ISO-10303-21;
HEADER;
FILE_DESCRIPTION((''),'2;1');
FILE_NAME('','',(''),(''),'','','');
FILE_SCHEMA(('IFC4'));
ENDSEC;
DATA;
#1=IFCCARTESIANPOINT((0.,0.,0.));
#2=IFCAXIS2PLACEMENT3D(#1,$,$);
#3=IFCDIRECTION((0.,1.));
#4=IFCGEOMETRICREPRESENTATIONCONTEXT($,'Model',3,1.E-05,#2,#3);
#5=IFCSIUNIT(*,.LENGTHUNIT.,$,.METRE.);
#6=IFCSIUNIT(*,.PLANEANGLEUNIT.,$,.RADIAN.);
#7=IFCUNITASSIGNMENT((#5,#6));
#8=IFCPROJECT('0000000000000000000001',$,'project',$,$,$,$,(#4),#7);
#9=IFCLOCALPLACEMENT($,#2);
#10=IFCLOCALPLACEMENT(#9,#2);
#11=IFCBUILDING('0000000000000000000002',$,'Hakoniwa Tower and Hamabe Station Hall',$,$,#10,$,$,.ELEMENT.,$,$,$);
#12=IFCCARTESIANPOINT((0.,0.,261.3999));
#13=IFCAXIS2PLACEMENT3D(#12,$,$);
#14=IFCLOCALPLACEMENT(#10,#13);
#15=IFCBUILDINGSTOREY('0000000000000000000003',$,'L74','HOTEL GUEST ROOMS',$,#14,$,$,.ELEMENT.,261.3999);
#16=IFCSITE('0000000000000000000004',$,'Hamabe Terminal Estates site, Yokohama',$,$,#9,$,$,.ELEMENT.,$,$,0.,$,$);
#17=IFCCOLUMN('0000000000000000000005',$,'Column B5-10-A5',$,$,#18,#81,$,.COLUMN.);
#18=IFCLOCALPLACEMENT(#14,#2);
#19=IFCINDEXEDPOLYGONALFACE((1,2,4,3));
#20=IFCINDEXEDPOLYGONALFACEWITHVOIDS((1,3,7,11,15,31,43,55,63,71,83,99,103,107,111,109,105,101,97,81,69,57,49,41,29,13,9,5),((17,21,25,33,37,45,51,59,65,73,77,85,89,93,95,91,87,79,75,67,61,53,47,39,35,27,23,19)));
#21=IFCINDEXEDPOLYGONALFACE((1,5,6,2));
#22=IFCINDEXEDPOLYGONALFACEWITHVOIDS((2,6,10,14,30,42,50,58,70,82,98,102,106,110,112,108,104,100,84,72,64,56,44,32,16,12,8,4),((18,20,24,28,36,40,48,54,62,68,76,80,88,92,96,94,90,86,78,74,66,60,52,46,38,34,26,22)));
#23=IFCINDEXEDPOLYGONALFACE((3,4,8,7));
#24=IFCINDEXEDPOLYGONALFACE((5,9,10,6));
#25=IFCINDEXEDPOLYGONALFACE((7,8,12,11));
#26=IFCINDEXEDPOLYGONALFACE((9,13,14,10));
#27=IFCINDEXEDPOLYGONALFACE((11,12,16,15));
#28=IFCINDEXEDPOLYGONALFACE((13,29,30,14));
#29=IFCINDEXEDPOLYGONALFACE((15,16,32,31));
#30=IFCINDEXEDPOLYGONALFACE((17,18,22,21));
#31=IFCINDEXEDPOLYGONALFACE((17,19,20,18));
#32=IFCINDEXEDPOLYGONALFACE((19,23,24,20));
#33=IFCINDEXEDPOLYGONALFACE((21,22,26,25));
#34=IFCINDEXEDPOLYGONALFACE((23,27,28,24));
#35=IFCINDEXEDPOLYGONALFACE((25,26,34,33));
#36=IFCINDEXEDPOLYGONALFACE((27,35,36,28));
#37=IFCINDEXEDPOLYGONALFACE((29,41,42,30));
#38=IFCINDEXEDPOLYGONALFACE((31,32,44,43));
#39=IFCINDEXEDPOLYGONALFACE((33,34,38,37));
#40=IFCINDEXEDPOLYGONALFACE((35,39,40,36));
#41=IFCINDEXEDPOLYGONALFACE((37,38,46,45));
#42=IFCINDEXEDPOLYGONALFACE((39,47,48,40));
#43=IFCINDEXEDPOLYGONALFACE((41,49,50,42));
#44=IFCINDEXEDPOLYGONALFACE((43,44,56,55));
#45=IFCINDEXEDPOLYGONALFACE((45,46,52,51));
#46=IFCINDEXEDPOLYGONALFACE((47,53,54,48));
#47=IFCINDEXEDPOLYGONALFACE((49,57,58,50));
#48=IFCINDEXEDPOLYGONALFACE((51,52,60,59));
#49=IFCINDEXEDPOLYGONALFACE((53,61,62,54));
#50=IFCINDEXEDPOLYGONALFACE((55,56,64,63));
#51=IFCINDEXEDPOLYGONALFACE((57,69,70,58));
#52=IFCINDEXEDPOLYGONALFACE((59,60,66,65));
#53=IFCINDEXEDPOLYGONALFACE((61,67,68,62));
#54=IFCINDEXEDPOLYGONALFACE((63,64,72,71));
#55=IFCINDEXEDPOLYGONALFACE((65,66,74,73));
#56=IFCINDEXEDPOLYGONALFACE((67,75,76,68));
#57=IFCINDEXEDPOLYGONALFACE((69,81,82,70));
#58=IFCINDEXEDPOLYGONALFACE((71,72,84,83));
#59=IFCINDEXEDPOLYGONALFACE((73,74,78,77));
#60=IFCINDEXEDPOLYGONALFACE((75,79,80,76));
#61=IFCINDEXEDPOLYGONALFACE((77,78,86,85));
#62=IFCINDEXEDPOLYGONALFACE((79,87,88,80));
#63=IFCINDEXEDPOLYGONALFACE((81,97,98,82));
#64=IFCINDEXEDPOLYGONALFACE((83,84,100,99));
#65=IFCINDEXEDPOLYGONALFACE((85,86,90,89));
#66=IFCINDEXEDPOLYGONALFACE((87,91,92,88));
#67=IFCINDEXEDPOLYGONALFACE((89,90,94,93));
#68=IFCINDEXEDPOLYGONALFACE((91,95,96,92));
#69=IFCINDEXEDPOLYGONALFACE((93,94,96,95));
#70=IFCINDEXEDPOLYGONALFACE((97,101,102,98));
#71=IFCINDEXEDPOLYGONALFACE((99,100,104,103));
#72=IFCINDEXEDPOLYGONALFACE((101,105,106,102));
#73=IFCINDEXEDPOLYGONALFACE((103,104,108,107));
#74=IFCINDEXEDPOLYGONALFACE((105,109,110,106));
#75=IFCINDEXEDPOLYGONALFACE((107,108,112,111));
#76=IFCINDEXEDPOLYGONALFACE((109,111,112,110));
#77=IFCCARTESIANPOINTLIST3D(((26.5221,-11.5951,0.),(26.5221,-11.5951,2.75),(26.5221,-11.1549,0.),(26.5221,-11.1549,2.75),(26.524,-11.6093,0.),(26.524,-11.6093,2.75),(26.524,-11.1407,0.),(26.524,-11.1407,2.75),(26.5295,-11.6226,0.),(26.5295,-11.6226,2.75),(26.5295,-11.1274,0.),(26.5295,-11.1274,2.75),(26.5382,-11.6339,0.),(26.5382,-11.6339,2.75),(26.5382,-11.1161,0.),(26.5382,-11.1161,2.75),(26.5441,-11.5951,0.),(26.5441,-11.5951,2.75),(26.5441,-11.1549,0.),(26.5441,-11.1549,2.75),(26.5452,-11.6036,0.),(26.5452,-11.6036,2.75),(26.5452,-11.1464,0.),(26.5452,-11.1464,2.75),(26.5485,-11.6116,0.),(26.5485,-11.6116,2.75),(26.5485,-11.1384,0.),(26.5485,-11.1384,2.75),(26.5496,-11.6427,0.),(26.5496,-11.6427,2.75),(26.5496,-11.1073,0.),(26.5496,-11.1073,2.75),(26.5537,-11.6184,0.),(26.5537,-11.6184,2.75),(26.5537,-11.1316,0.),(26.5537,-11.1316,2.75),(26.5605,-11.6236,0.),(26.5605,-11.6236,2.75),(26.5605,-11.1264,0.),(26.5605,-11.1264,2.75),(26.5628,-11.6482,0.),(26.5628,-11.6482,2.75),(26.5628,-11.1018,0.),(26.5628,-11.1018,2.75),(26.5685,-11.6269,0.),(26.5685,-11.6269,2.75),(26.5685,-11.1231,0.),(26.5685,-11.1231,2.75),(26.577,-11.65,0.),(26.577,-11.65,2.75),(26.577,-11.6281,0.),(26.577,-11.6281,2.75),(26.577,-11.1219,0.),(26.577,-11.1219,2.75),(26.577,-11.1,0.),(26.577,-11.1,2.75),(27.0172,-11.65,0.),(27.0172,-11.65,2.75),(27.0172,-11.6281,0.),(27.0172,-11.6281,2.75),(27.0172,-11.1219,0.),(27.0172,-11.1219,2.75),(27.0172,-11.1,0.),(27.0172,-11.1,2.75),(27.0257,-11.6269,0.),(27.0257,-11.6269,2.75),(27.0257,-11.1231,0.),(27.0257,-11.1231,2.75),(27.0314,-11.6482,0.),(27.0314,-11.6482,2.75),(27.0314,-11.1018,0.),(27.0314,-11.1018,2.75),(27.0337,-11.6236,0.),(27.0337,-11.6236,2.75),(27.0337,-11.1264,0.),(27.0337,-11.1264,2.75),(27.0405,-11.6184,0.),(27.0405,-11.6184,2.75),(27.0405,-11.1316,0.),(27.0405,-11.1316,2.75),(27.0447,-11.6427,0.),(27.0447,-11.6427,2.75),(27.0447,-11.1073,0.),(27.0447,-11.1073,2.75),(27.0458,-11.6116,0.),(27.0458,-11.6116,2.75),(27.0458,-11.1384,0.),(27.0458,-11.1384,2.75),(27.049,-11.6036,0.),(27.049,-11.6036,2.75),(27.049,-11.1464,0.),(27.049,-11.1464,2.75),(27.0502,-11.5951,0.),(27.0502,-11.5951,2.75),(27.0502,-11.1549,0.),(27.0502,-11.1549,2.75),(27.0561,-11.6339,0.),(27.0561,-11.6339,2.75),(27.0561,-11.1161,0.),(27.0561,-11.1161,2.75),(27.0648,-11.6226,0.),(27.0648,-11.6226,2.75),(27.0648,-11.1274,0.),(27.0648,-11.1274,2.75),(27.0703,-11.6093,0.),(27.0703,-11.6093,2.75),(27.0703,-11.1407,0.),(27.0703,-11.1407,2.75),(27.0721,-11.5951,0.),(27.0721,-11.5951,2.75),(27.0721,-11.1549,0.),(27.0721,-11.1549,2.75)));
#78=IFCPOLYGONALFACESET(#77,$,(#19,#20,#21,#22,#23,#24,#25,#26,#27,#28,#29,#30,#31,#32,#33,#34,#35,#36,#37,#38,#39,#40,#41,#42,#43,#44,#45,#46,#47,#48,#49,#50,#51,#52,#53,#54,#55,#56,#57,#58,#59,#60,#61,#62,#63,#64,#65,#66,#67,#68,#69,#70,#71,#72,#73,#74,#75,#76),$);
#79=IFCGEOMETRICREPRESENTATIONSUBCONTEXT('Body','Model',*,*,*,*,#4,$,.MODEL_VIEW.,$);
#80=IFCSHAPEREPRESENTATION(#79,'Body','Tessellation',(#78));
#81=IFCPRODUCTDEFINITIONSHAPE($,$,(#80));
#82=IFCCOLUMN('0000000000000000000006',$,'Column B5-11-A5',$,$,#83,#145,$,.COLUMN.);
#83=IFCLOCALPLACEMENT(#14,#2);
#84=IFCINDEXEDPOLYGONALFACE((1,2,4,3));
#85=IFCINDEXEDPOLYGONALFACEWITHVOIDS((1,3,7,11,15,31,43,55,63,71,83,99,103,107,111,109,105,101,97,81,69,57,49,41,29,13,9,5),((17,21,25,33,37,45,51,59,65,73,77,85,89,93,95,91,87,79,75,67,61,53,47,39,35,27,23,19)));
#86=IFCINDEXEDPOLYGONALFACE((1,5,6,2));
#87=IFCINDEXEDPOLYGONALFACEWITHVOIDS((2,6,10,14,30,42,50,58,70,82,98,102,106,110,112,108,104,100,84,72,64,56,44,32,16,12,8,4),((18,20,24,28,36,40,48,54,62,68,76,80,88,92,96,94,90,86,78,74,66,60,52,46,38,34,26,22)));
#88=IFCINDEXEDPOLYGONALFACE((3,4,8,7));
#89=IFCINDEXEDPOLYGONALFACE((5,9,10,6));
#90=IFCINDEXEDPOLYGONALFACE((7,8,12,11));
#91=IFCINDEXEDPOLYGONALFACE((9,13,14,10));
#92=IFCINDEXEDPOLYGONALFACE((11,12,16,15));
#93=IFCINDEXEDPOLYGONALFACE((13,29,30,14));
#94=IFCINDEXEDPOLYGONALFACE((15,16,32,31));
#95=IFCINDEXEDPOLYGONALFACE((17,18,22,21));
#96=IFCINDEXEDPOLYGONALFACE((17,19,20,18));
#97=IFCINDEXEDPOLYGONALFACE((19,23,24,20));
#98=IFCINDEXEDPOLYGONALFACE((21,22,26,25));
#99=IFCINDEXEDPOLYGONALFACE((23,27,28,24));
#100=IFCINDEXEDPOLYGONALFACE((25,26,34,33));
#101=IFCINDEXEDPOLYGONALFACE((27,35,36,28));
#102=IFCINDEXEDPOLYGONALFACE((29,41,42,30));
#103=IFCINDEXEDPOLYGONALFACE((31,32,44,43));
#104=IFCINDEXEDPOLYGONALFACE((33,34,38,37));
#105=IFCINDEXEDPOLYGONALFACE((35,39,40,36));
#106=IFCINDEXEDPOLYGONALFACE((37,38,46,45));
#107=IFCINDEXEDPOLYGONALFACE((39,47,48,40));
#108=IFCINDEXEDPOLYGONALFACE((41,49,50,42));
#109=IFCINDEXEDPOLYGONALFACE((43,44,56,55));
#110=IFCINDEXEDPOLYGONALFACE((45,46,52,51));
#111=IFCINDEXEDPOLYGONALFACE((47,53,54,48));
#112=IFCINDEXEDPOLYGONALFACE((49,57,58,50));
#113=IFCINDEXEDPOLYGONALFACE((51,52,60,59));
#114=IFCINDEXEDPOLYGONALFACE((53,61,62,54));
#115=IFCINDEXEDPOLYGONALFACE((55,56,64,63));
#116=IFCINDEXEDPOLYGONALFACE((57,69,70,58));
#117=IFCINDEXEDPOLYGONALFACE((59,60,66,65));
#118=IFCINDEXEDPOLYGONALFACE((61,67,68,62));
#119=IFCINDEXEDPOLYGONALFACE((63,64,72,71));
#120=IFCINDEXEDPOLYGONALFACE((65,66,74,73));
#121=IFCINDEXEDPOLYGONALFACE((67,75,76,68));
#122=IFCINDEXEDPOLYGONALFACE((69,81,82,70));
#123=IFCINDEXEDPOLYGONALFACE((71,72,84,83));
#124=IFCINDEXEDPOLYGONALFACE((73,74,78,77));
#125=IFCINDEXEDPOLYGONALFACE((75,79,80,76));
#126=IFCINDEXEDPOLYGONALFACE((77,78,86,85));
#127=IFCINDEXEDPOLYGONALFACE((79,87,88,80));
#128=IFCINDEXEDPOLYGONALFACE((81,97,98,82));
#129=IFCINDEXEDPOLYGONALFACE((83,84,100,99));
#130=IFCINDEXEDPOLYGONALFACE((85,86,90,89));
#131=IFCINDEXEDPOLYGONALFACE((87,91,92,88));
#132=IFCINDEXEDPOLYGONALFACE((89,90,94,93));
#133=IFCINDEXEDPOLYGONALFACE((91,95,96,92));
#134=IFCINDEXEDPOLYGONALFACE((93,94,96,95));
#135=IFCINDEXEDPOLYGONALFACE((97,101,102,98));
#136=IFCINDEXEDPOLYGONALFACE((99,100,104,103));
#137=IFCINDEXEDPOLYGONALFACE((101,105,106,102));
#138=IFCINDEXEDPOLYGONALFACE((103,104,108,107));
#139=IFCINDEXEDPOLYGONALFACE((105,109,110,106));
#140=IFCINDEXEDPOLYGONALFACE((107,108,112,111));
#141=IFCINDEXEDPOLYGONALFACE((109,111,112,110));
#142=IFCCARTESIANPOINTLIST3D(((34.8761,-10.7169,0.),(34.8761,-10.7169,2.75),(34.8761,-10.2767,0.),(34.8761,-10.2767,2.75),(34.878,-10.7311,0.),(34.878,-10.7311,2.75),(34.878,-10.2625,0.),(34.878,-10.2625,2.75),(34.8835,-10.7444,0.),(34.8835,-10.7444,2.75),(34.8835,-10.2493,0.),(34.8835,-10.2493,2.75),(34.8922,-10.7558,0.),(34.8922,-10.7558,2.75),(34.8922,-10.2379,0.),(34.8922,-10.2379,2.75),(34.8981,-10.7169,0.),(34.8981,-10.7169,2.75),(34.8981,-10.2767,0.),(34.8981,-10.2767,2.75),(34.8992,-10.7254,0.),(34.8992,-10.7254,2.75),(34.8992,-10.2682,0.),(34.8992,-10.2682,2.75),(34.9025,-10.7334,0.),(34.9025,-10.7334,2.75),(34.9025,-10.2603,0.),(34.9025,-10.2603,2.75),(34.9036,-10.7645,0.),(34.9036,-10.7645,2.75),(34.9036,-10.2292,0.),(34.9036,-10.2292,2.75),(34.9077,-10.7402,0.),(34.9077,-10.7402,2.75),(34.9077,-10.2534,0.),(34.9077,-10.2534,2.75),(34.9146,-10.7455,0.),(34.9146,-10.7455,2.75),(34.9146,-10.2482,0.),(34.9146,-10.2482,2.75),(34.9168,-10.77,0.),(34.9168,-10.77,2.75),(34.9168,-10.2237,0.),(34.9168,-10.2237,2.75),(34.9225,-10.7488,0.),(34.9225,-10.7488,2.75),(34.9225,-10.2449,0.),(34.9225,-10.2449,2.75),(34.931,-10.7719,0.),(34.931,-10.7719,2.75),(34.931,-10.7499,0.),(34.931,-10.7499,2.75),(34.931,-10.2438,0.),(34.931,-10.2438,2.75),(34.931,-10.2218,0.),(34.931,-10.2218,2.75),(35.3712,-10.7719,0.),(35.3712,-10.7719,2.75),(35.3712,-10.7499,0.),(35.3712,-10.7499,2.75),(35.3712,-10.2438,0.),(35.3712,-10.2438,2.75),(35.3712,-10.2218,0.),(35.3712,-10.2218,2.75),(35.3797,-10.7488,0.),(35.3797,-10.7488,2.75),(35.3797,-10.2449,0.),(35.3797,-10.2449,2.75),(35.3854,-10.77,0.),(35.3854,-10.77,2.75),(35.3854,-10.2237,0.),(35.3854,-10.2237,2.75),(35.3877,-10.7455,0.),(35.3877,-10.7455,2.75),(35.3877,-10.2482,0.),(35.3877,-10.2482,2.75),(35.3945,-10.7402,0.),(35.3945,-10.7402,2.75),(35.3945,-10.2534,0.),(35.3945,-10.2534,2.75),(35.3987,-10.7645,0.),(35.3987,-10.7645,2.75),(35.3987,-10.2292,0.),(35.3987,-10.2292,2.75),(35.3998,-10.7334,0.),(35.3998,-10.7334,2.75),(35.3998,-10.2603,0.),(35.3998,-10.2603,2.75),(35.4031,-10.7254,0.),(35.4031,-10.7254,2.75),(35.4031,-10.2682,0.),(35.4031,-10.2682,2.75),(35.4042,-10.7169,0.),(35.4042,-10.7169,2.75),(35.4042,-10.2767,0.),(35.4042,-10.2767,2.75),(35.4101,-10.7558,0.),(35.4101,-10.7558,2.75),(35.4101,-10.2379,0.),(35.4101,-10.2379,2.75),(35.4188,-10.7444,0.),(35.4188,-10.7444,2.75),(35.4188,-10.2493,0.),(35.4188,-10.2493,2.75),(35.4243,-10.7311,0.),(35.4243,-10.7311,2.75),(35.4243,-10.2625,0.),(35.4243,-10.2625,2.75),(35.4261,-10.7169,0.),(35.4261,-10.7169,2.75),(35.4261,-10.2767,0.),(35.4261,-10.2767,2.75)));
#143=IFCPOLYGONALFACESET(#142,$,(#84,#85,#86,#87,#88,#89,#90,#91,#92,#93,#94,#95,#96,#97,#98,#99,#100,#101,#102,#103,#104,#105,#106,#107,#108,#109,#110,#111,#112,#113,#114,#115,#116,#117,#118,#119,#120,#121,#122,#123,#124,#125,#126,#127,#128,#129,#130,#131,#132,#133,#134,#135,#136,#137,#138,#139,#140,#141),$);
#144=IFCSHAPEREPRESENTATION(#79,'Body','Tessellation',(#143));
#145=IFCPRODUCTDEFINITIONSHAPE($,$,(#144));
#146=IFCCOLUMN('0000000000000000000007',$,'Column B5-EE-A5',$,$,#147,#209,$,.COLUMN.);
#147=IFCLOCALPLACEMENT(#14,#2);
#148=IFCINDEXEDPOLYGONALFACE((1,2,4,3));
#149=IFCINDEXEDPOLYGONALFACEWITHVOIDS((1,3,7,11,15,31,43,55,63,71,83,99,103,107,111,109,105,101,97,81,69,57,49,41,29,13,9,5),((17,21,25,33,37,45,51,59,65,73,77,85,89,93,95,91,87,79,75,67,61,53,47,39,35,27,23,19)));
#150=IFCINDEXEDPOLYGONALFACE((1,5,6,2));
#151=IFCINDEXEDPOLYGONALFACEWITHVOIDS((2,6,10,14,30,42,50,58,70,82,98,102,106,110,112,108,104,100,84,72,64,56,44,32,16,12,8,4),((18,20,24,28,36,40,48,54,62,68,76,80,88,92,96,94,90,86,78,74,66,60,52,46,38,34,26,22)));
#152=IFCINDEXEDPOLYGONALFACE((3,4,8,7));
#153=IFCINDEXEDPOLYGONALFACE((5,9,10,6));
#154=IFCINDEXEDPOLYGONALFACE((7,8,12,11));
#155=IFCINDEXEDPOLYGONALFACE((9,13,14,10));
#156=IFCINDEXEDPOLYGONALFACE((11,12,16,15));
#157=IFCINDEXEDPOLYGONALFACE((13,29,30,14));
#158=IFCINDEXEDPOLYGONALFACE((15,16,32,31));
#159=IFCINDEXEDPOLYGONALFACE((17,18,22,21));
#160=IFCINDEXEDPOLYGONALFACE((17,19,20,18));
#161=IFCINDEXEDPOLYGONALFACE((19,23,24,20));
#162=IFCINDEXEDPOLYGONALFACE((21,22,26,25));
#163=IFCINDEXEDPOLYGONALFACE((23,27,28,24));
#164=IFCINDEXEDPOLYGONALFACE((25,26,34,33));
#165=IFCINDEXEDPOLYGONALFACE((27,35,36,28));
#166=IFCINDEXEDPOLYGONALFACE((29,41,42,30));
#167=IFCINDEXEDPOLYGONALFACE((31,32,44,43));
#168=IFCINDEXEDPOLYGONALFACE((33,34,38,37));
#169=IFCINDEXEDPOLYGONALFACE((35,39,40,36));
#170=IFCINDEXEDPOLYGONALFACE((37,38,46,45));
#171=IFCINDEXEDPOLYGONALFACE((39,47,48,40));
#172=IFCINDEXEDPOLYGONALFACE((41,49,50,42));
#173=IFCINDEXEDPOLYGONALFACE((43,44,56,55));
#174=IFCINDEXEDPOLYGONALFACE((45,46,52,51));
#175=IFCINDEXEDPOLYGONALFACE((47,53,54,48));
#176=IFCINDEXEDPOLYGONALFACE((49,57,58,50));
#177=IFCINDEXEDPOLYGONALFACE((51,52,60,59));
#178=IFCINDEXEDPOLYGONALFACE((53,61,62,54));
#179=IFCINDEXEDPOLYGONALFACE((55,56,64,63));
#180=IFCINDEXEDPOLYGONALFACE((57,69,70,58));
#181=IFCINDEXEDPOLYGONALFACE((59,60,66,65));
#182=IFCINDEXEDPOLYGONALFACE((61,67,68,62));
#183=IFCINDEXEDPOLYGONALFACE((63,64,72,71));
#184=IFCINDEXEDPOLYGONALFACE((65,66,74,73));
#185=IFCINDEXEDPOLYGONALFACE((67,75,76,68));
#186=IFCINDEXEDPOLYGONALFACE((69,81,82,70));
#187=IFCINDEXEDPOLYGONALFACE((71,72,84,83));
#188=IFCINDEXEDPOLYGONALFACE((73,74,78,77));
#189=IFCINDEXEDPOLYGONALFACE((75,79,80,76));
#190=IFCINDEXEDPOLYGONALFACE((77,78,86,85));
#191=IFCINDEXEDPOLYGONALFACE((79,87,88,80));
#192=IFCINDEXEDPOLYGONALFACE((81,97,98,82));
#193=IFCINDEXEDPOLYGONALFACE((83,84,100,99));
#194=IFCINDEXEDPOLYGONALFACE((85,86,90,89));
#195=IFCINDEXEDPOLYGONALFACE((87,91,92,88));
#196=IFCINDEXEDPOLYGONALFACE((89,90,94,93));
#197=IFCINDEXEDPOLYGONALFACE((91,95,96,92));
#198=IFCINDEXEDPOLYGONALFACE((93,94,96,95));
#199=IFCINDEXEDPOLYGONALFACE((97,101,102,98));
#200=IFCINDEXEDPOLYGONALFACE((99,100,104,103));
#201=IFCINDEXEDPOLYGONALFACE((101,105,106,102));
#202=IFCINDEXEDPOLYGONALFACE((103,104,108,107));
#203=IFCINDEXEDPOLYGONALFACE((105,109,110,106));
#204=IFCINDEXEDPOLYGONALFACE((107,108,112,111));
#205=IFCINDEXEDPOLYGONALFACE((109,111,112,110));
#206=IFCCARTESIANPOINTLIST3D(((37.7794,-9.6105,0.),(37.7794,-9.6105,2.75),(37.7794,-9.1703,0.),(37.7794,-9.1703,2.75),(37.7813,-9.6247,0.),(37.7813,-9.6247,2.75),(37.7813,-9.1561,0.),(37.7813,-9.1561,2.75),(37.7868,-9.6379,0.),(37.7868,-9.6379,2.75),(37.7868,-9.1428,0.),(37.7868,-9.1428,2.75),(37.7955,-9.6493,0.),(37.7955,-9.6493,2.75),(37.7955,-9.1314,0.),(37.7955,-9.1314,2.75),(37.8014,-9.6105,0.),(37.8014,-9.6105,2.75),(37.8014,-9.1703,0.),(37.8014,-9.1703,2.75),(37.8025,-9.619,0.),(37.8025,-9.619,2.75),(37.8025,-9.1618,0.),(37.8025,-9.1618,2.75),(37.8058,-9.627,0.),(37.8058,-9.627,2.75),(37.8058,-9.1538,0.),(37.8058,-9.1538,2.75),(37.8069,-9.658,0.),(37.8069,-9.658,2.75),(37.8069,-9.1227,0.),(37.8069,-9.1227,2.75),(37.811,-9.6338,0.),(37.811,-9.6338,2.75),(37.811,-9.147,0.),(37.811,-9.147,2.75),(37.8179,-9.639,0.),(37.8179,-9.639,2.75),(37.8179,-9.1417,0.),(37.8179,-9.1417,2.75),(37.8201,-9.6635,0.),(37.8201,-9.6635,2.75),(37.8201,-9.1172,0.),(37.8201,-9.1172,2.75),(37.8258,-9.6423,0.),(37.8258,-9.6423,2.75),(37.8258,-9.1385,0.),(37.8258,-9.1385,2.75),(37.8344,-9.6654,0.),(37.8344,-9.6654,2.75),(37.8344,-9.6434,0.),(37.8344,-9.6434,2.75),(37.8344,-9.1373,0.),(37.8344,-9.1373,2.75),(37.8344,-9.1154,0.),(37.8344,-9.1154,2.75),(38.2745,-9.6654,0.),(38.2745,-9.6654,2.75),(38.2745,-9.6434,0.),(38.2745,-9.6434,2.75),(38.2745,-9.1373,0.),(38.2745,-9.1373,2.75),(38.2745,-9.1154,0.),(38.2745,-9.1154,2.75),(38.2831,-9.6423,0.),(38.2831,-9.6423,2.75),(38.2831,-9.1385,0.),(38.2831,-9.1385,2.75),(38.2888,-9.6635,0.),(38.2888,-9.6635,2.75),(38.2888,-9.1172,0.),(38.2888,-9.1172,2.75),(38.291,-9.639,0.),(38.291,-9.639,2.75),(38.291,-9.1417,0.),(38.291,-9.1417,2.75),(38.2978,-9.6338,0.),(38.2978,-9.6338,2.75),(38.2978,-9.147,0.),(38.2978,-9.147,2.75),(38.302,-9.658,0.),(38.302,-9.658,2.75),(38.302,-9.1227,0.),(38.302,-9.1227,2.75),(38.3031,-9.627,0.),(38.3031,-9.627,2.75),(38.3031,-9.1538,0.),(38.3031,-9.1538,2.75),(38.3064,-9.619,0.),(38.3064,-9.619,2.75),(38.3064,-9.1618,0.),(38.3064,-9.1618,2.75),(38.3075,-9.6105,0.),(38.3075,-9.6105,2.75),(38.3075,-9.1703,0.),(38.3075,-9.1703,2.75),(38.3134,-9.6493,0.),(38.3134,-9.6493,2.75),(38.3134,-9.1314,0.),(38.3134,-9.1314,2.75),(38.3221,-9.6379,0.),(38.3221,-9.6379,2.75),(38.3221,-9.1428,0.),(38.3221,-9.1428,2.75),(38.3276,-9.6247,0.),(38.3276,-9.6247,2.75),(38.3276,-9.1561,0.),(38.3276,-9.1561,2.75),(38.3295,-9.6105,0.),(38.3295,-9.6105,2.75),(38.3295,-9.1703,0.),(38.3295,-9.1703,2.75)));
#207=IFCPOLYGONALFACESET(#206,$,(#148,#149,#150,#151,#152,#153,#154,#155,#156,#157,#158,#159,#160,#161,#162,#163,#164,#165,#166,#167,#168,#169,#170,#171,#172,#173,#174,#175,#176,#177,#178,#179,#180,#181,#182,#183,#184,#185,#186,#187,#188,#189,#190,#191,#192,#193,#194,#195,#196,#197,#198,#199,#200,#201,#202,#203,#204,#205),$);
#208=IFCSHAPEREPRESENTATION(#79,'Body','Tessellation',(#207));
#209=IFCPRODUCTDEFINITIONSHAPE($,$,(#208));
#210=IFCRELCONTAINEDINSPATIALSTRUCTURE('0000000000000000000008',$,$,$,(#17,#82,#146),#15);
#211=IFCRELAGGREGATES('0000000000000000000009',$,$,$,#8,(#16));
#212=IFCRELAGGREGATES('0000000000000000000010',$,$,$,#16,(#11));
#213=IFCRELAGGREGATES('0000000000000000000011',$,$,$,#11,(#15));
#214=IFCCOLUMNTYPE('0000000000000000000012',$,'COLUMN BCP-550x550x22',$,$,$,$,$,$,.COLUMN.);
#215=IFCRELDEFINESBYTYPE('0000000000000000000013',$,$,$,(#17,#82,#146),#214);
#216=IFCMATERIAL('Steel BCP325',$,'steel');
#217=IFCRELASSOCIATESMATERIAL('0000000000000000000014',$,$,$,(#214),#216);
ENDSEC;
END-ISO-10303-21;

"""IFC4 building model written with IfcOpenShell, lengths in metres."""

from ifc_helpers import new_model, si_unit, direction, frame, origin, origin_2d, place, context, subcontext, project, spatial, hollow_rectangle, extrude, material, material_profile, profile_set, type_object, element, save


model = new_model("IFC4")

# Units and contexts
model_context = context("Model", 3, precision=1e-05, world=origin(), true_north=direction((0.0, 1.0)))
body_context = subcontext(model_context, "Body", "Model", "MODEL_VIEW")
ifc_project = project(units=[si_unit("LENGTHUNIT", "METRE"), si_unit("PLANEANGLEUNIT", "RADIAN")], contexts=[model_context])

# Site, building, storey
site_placement = place(None, origin())
site = spatial("IfcSite", under=ifc_project, at=site_placement, Name="Hamabe Terminal Estates site, Yokohama", CompositionType="ELEMENT", RefElevation=0.0)
building_placement = place(site_placement, origin())
building = spatial("IfcBuilding", under=site, at=building_placement, Name="Hakoniwa Tower and Hamabe Station Hall", CompositionType="ELEMENT")
storey_placement = place(building_placement, frame((0.0, 0.0, 261.3999)))
storey = spatial("IfcBuildingStorey", under=building, at=storey_placement, Name="L74", Description="HOTEL GUEST ROOMS", CompositionType="ELEMENT", Elevation=261.3999)

# Columns
ifc_material_1 = material(Name="Steel BCP325", Category="steel")
ifc_material_profile_1 = material_profile(ifc_material_1, hollow_rectangle(XDim=0.55, YDim=0.55, WallThickness=0.022, InnerFilletRadius=0.033, OuterFilletRadius=0.0549, at=origin_2d()), Name="BCP-550x550x22")
ifc_profile_set_1 = profile_set([ifc_material_profile_1], Name="Steel BCP325")
column_type = type_object("IfcColumnType", Name="COLUMN BCP-550x550x22", PredefinedType="COLUMN", material=ifc_profile_set_1)
for number, where, z_axis, x_axis, name in (
    (1, (26.7971, -11.375, 0.0), (0.0, 0.0, 1.0), (1.0, 0.0, 0.0), "Column B5-10-A5"),
    (2, (35.1511, -10.4968, 0.0), (0.0, 0.0, 1.0), (1.0, 0.0, 0.0), "Column B5-11-A5"),
    (3, (38.0544, -9.3904, 0.0), (0.0, 0.0, 1.0), (1.0, 0.0, 0.0), "Column B5-EE-A5"),
):
    element("IfcColumn", number, at=place(storey_placement, frame(where, z_axis=z_axis, x_axis=x_axis)), inside=storey, type_object=column_type, Name=name, PredefinedType="COLUMN", context=body_context, shape_type="SweptSolid", body=[
        extrude(hollow_rectangle(XDim=0.55, YDim=0.55, WallThickness=0.022, InnerFilletRadius=0.033, OuterFilletRadius=0.0549, at=origin_2d()), origin(), (0.0, 0.0, 1.0), 2.75),
    ])

save(model, "model.ifc")
